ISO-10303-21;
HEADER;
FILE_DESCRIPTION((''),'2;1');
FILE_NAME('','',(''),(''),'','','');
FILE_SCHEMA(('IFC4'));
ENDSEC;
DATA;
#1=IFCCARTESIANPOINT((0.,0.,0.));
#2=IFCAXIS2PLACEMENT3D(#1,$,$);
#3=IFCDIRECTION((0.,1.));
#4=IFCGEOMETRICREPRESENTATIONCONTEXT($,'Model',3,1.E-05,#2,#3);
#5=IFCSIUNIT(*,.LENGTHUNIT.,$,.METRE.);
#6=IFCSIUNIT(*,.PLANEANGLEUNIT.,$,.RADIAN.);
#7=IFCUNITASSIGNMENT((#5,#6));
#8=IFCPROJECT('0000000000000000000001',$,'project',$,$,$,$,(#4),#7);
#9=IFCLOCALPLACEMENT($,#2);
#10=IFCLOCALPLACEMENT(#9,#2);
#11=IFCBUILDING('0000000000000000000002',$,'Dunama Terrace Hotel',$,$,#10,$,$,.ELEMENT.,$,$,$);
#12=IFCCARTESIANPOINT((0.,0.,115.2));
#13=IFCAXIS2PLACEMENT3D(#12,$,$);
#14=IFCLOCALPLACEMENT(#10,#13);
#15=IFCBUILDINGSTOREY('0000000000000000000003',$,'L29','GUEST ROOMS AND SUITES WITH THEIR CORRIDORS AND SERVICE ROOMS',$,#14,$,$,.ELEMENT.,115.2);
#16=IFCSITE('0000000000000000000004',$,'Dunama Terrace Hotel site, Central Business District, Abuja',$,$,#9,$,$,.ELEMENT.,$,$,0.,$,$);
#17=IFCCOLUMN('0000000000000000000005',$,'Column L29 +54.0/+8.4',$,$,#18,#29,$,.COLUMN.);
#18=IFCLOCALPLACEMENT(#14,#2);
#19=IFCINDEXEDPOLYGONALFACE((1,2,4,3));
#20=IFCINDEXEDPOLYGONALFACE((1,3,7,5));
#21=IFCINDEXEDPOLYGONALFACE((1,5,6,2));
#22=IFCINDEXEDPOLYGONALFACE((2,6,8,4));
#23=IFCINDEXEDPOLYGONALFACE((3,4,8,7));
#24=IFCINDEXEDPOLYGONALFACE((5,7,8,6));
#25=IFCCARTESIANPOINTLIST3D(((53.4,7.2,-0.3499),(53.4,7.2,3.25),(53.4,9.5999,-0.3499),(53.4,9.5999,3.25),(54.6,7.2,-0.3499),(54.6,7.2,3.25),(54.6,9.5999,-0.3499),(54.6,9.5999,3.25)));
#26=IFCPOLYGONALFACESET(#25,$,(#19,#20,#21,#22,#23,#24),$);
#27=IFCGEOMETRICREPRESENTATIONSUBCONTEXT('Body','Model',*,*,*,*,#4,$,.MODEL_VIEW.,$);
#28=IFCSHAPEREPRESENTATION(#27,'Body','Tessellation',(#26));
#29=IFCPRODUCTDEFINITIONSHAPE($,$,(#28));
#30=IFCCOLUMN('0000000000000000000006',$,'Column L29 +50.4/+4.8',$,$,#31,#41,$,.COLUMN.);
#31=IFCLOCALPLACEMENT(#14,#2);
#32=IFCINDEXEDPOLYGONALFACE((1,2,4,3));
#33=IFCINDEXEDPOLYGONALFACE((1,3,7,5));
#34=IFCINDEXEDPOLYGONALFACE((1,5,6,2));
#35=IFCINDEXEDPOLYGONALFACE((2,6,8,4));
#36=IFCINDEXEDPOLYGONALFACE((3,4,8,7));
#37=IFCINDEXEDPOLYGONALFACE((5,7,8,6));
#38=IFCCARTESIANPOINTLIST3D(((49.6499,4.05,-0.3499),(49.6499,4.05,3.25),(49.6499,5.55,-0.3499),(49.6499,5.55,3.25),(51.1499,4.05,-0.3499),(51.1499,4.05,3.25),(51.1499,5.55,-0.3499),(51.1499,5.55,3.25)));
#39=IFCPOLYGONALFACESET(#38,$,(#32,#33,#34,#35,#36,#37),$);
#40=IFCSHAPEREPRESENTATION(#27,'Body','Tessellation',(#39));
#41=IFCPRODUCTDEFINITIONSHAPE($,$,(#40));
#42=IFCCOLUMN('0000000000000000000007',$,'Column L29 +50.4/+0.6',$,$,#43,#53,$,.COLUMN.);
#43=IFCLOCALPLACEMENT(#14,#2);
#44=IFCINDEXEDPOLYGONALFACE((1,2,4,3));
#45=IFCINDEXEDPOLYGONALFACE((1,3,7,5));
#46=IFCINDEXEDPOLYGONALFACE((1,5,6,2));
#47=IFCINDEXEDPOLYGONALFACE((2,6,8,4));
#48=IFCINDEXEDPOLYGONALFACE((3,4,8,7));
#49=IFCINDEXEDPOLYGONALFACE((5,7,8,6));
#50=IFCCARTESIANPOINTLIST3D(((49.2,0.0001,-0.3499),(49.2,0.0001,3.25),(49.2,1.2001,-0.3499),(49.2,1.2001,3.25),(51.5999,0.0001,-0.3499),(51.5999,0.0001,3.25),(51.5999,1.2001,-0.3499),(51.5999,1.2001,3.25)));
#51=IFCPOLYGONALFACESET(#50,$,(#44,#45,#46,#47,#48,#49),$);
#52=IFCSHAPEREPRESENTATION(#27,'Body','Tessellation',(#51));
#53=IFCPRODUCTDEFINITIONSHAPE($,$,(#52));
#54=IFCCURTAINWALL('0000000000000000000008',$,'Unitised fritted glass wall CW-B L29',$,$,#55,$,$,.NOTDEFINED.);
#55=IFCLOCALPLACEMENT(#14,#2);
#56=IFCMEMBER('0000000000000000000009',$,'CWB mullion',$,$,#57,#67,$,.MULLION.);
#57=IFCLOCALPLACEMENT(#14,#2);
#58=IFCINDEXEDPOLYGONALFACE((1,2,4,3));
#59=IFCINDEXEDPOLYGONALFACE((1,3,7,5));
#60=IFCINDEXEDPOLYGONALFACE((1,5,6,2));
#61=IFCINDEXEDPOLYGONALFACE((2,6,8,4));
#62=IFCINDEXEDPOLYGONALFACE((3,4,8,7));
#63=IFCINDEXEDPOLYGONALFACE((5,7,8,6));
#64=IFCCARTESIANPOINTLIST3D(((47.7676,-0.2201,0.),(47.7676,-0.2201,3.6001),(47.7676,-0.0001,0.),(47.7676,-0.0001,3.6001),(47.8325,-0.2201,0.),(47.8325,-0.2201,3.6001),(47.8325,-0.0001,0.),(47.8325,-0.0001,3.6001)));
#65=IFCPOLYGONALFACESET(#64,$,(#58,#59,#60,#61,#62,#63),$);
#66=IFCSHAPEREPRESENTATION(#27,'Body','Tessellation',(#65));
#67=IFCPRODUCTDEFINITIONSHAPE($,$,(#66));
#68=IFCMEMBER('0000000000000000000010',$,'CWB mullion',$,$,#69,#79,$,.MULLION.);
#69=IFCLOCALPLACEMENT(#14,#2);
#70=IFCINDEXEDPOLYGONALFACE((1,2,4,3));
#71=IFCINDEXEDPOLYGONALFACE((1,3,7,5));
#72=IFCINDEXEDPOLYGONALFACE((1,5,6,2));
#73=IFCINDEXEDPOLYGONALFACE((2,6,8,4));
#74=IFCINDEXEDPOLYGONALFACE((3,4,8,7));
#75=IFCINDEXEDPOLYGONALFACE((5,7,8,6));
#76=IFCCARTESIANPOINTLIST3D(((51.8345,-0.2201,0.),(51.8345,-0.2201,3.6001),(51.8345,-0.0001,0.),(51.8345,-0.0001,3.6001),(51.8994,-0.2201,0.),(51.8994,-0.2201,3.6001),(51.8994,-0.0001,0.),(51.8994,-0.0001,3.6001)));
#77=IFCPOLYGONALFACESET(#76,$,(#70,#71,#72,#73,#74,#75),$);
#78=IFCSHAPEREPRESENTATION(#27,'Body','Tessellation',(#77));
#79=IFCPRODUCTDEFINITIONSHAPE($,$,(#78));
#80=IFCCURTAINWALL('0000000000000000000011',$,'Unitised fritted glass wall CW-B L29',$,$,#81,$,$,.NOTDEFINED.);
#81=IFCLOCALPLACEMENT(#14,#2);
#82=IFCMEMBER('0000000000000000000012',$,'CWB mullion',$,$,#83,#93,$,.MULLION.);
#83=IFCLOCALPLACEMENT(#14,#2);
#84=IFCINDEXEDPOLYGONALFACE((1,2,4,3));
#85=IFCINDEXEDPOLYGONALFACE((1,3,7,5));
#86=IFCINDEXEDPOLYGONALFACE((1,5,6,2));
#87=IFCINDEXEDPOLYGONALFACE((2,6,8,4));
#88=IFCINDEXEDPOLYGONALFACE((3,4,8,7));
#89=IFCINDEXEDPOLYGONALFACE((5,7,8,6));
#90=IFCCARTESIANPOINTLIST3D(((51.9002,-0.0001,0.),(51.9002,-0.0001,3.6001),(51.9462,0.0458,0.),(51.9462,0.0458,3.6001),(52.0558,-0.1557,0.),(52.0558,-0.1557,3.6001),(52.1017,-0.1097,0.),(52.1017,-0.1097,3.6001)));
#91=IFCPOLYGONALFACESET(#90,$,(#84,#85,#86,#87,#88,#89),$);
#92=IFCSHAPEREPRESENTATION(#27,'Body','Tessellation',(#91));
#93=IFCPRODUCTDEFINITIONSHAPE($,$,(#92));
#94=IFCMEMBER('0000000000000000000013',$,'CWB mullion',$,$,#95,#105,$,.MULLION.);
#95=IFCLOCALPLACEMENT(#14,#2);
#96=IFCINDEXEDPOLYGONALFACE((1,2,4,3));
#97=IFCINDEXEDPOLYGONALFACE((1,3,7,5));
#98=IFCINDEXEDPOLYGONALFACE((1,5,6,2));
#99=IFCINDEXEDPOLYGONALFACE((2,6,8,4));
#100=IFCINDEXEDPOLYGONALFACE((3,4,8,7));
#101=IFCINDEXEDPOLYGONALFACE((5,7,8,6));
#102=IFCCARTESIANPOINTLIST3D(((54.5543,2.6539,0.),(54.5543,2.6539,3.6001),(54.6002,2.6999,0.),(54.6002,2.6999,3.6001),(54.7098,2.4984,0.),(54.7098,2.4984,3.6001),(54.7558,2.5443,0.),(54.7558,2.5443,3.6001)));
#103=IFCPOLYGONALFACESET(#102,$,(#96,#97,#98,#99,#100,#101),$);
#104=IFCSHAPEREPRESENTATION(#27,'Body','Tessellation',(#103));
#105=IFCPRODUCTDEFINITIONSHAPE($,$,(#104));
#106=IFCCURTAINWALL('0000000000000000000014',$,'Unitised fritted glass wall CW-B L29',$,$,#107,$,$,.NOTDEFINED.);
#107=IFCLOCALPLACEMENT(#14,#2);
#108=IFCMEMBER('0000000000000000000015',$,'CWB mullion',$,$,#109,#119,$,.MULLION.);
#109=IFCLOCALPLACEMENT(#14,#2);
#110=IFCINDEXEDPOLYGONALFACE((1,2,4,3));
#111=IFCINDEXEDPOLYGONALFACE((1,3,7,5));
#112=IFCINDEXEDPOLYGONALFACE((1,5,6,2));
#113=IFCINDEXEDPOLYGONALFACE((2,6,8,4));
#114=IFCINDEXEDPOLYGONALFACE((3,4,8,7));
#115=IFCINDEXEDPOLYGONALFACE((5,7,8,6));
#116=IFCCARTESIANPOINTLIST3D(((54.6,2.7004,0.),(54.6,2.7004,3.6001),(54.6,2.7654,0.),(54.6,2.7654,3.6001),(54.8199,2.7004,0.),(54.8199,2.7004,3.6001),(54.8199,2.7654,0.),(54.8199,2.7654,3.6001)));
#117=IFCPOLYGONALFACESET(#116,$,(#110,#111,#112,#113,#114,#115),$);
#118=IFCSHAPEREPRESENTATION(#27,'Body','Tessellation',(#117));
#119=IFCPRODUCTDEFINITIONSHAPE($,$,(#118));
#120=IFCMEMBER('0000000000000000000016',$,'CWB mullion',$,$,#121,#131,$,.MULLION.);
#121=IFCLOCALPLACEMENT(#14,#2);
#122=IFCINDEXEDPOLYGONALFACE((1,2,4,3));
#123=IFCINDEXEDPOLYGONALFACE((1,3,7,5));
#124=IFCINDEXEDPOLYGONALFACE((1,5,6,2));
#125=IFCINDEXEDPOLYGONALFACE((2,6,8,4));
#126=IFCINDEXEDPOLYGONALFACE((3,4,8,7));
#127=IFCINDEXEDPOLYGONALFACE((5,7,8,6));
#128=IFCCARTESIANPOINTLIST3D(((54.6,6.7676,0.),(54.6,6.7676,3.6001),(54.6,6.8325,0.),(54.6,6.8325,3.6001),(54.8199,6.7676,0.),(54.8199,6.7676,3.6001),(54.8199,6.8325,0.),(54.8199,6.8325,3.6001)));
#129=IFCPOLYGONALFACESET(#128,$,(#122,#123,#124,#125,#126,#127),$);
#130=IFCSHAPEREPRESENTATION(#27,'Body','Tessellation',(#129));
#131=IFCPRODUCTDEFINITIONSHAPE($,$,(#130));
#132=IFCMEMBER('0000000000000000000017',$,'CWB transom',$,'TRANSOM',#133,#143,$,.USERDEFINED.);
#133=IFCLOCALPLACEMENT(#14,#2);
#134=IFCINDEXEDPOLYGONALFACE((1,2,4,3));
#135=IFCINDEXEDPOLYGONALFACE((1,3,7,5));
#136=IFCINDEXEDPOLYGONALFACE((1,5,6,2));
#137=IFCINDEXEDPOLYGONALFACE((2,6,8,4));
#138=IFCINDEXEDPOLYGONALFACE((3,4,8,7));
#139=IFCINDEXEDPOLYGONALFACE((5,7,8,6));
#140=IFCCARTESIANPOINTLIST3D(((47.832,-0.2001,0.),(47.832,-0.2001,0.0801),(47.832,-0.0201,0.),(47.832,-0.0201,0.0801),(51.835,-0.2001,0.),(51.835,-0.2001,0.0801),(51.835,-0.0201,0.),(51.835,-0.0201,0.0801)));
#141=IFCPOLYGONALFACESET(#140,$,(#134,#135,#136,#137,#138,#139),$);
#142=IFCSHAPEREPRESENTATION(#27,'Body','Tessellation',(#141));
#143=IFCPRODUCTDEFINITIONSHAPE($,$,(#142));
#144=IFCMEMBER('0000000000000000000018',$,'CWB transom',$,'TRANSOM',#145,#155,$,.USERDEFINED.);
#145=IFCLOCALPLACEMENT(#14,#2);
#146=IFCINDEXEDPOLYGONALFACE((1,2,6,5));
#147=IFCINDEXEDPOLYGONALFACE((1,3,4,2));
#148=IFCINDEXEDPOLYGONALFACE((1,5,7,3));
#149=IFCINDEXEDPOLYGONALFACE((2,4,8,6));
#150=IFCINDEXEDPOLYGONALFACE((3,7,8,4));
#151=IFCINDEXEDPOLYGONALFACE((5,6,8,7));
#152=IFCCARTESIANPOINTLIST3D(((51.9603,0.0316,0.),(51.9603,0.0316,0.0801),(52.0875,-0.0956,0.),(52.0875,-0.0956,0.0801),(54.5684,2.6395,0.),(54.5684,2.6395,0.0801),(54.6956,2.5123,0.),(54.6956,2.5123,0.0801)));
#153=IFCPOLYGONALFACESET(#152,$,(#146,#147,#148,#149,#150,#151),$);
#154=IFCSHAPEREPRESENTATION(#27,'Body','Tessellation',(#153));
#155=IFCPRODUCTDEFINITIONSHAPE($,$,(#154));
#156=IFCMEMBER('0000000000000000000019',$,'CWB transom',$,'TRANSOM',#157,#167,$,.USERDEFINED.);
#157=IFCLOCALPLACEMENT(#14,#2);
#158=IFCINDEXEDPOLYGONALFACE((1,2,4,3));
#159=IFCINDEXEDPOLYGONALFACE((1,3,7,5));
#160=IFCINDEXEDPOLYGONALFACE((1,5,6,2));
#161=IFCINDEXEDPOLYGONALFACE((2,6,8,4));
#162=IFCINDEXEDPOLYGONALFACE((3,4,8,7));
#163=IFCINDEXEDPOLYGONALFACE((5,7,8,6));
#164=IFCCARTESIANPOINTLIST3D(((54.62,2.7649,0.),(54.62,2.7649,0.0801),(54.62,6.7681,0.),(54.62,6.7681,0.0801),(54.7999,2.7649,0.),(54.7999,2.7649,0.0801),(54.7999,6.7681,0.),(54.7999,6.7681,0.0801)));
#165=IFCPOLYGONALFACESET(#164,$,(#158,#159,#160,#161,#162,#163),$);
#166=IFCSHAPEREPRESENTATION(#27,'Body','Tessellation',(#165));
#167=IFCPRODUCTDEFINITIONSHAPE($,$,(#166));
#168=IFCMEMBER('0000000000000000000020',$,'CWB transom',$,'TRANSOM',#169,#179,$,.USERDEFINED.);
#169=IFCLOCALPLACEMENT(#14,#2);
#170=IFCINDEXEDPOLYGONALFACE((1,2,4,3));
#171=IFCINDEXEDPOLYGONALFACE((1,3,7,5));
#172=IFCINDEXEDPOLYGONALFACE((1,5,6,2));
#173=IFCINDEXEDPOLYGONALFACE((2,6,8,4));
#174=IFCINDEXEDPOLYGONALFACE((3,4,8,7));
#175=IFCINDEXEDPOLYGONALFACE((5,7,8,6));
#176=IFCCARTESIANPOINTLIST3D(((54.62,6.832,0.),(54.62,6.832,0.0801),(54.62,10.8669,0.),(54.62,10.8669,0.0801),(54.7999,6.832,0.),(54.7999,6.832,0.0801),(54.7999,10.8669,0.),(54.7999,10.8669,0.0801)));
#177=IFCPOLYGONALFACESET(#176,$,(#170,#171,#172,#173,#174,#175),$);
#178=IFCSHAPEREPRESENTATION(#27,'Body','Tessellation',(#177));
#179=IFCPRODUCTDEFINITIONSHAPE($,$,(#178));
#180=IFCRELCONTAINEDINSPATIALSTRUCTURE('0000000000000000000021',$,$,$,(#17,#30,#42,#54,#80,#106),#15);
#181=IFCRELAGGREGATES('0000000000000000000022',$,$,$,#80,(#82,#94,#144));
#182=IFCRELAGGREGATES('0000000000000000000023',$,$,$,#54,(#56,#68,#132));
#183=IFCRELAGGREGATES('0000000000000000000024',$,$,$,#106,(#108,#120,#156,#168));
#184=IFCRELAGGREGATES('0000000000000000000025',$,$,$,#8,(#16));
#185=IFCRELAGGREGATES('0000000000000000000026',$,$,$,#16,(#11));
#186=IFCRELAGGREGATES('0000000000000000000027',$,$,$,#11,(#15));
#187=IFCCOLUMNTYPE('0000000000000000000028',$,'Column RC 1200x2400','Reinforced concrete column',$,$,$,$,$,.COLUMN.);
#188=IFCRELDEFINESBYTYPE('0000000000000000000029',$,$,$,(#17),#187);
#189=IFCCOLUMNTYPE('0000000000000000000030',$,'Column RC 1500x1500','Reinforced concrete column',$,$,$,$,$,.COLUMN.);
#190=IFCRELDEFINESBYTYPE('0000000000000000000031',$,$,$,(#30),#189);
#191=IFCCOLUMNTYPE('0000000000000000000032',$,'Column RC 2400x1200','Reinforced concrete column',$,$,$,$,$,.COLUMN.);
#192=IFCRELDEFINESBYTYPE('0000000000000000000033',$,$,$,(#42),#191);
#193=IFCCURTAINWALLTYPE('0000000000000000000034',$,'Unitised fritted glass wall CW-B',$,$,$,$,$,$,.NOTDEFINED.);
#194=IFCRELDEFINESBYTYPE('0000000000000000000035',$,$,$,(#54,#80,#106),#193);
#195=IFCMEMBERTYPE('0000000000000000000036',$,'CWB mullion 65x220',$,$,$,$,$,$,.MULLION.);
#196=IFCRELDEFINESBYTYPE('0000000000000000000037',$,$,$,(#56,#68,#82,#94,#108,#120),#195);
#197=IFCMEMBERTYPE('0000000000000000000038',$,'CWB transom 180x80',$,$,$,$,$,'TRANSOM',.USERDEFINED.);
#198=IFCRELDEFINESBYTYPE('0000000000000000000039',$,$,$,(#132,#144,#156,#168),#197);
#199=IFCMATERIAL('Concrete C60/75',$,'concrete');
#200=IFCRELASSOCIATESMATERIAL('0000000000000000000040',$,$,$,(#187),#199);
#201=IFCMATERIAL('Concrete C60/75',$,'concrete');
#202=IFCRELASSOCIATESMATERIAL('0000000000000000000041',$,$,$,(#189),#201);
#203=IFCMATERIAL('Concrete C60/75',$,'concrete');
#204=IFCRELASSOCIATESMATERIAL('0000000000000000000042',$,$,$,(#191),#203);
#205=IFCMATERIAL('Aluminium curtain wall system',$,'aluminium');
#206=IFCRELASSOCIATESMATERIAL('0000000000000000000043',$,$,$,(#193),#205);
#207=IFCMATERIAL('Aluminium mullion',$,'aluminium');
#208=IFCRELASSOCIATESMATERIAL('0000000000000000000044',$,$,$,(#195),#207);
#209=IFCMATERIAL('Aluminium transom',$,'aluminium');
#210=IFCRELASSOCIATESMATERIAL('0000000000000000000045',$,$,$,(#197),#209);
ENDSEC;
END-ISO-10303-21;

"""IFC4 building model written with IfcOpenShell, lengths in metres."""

from ifc_helpers import new_model, si_unit, direction, frame, origin, origin_2d, place, context, subcontext, project, spatial, rectangle, extrude, material, material_profile, profile_set, type_object, element, aggregate, save


model = new_model("IFC4")

# Units and contexts
model_context = context("Model", 3, precision=1e-05, world=origin(), true_north=direction((0.0, 1.0)))
body_context = subcontext(model_context, "Body", "Model", "MODEL_VIEW")
ifc_project = project(units=[si_unit("LENGTHUNIT", "METRE"), si_unit("PLANEANGLEUNIT", "RADIAN")], contexts=[model_context])

# Site, building, storey
site_placement = place(None, origin())
site = spatial("IfcSite", under=ifc_project, at=site_placement, Name="Dunama Terrace Hotel site, Central Business District, Abuja", CompositionType="ELEMENT", RefElevation=0.0)
building_placement = place(site_placement, origin())
building = spatial("IfcBuilding", under=site, at=building_placement, Name="Dunama Terrace Hotel", CompositionType="ELEMENT")
storey_placement = place(building_placement, frame((0.0, 0.0, 115.2)))
storey = spatial("IfcBuildingStorey", under=building, at=storey_placement, Name="L29", Description="GUEST ROOMS AND SUITES WITH THEIR CORRIDORS AND SERVICE ROOMS", CompositionType="ELEMENT", Elevation=115.2)

# Columns
ifc_material_1 = material(Name="Concrete C60/75", Category="concrete")
ifc_material_profile_1 = material_profile(ifc_material_1, rectangle(XDim=1.2, YDim=2.3999, at=origin_2d()), Name="RC 1200x2400")
ifc_profile_set_1 = profile_set([ifc_material_profile_1], Name="Concrete C60/75")
column_type_1 = type_object("IfcColumnType", Name="Column RC 1200x2400", Description="Reinforced concrete column", PredefinedType="COLUMN", material=ifc_profile_set_1)
column_1_placement = place(storey_placement, frame((54.0, 8.3999, -0.3499), z_axis=(0.0, 0.0, 1.0), x_axis=(1.0, 0.0, 0.0)))
element("IfcColumn", 1, at=column_1_placement, inside=storey, type_object=column_type_1, Name="Column L29 +54.0/+8.4", PredefinedType="COLUMN", context=body_context, shape_type="SweptSolid", body=[
    extrude(rectangle(XDim=1.2, YDim=2.3999, at=origin_2d()), origin(), (0.0, 0.0, 1.0), 3.5999),
])
ifc_material_2 = material(Name="Concrete C60/75", Category="concrete")
ifc_material_profile_2 = material_profile(ifc_material_2, rectangle(XDim=1.5, YDim=1.5, at=origin_2d()), Name="RC 1500x1500")
ifc_profile_set_2 = profile_set([ifc_material_profile_2], Name="Concrete C60/75")
column_type_2 = type_object("IfcColumnType", Name="Column RC 1500x1500", Description="Reinforced concrete column", PredefinedType="COLUMN", material=ifc_profile_set_2)
column_2_placement = place(storey_placement, frame((50.3999, 4.8, -0.3499), z_axis=(0.0, 0.0, 1.0), x_axis=(1.0, 0.0, 0.0)))
element("IfcColumn", 2, at=column_2_placement, inside=storey, type_object=column_type_2, Name="Column L29 +50.4/+4.8", PredefinedType="COLUMN", context=body_context, shape_type="SweptSolid", body=[
    extrude(rectangle(XDim=1.5, YDim=1.5, at=origin_2d()), origin(), (0.0, 0.0, 1.0), 3.5999),
])
ifc_material_3 = material(Name="Concrete C60/75", Category="concrete")
ifc_material_profile_3 = material_profile(ifc_material_3, rectangle(XDim=2.3999, YDim=1.2, at=origin_2d()), Name="RC 2400x1200")
ifc_profile_set_3 = profile_set([ifc_material_profile_3], Name="Concrete C60/75")
column_type_3 = type_object("IfcColumnType", Name="Column RC 2400x1200", Description="Reinforced concrete column", PredefinedType="COLUMN", material=ifc_profile_set_3)
column_3_placement = place(storey_placement, frame((50.3999, 0.6001, -0.3499), z_axis=(0.0, 0.0, 1.0), x_axis=(1.0, 0.0, 0.0)))
element("IfcColumn", 3, at=column_3_placement, inside=storey, type_object=column_type_3, Name="Column L29 +50.4/+0.6", PredefinedType="COLUMN", context=body_context, shape_type="SweptSolid", body=[
    extrude(rectangle(XDim=2.3999, YDim=1.2, at=origin_2d()), origin(), (0.0, 0.0, 1.0), 3.5999),
])

# Curtain walls, members
ifc_material_4 = material(Name="Aluminium curtain wall system", Category="aluminium")
curtain_wall_type = type_object("IfcCurtainWallType", Name="Unitised fritted glass wall CW-B", PredefinedType="NOTDEFINED", material=ifc_material_4)
curtain_wall_1_placement = place(storey_placement, origin())
curtain_wall_1 = element("IfcCurtainWall", 4, at=curtain_wall_1_placement, inside=storey, type_object=curtain_wall_type, Name="Unitised fritted glass wall CW-B L29", PredefinedType="NOTDEFINED")
ifc_material_5 = material(Name="Aluminium mullion", Category="aluminium")
ifc_material_profile_4 = material_profile(ifc_material_5, rectangle(XDim=0.0649, YDim=0.22, at=origin_2d()), Name="CWB MULLION 65X220")
ifc_profile_set_4 = profile_set([ifc_material_profile_4], Name="Aluminium mullion")
member_type_1 = type_object("IfcMemberType", Name="CWB mullion 65x220", PredefinedType="MULLION", material=ifc_profile_set_4)
member_1_placement = place(storey_placement, frame((47.8, -0.1101, 0.0), z_axis=(0.0, 0.0, 1.0), x_axis=(1.0, 0.0, 0.0)))
member_1 = element("IfcMember", 5, at=member_1_placement, type_object=member_type_1, Name="CWB mullion", PredefinedType="MULLION", context=body_context, shape_type="SweptSolid", body=[
    extrude(rectangle(XDim=0.0649, YDim=0.22, at=origin_2d()), origin(), (0.0, 0.0, 1.0), 3.6001),
])
member_2_placement = place(storey_placement, frame((51.8669, -0.1101, 0.0), z_axis=(0.0, 0.0, 1.0), x_axis=(1.0, 0.0, 0.0)))
member_2 = element("IfcMember", 6, at=member_2_placement, type_object=member_type_1, Name="CWB mullion", PredefinedType="MULLION", context=body_context, shape_type="SweptSolid", body=[
    extrude(rectangle(XDim=0.0649, YDim=0.22, at=origin_2d()), origin(), (0.0, 0.0, 1.0), 3.6001),
])
curtain_wall_2_placement = place(storey_placement, origin())
curtain_wall_2 = element("IfcCurtainWall", 7, at=curtain_wall_2_placement, inside=storey, type_object=curtain_wall_type, Name="Unitised fritted glass wall CW-B L29", PredefinedType="NOTDEFINED")
member_3_placement = place(storey_placement, frame((52.001, -0.0549, 0.0), z_axis=(0.0, 0.0, 1.0), x_axis=(0.707107, 0.707107, 0.0)))
member_3 = element("IfcMember", 8, at=member_3_placement, type_object=member_type_1, Name="CWB mullion", PredefinedType="MULLION", context=body_context, shape_type="SweptSolid", body=[
    extrude(rectangle(XDim=0.0649, YDim=0.22, at=origin_2d()), origin(), (0.0, 0.0, 1.0), 3.6001),
])
member_4_placement = place(storey_placement, frame((54.655, 2.5991, 0.0), z_axis=(0.0, 0.0, 1.0), x_axis=(0.707107, 0.707107, 0.0)))
member_4 = element("IfcMember", 9, at=member_4_placement, type_object=member_type_1, Name="CWB mullion", PredefinedType="MULLION", context=body_context, shape_type="SweptSolid", body=[
    extrude(rectangle(XDim=0.0649, YDim=0.22, at=origin_2d()), origin(), (0.0, 0.0, 1.0), 3.6001),
])
curtain_wall_3_placement = place(storey_placement, origin())
curtain_wall_3 = element("IfcCurtainWall", 10, at=curtain_wall_3_placement, inside=storey, type_object=curtain_wall_type, Name="Unitised fritted glass wall CW-B L29", PredefinedType="NOTDEFINED")
member_5_placement = place(storey_placement, frame((54.71, 2.7329, 0.0), z_axis=(0.0, 0.0, 1.0), x_axis=(0.0, 1.0, 0.0)))
member_5 = element("IfcMember", 11, at=member_5_placement, type_object=member_type_1, Name="CWB mullion", PredefinedType="MULLION", context=body_context, shape_type="SweptSolid", body=[
    extrude(rectangle(XDim=0.0649, YDim=0.22, at=origin_2d()), origin(), (0.0, 0.0, 1.0), 3.6001),
])
member_6_placement = place(storey_placement, frame((54.71, 6.8, 0.0), z_axis=(0.0, 0.0, 1.0), x_axis=(0.0, 1.0, 0.0)))
member_6 = element("IfcMember", 12, at=member_6_placement, type_object=member_type_1, Name="CWB mullion", PredefinedType="MULLION", context=body_context, shape_type="SweptSolid", body=[
    extrude(rectangle(XDim=0.0649, YDim=0.22, at=origin_2d()), origin(), (0.0, 0.0, 1.0), 3.6001),
])

# Members
ifc_material_6 = material(Name="Aluminium transom", Category="aluminium")
ifc_material_profile_5 = material_profile(ifc_material_6, rectangle(XDim=0.1799, YDim=0.0801, at=origin_2d()), Name="CWB TRANSOM 180X80")
ifc_profile_set_5 = profile_set([ifc_material_profile_5], Name="Aluminium transom")
member_type_2 = type_object("IfcMemberType", Name="CWB transom 180x80", ElementType="TRANSOM", PredefinedType="USERDEFINED", material=ifc_profile_set_5)
member_7_placement = place(storey_placement, frame((47.832, -0.1101, 0.04), z_axis=(1.0, 0.0, 0.0), x_axis=(0.0, 1.0, 0.0)))
member_7 = element("IfcMember", 13, at=member_7_placement, type_object=member_type_2, Name="CWB transom", ObjectType="TRANSOM", PredefinedType="USERDEFINED", context=body_context, shape_type="SweptSolid", body=[
    extrude(rectangle(XDim=0.1799, YDim=0.0801, at=origin_2d()), origin(), (0.0, 0.0, 1.0), 4.0029),
])
member_8_placement = place(storey_placement, frame((52.0239, -0.032, 0.04), z_axis=(0.70714, 0.707074, 0.0), x_axis=(-0.707074, 0.70714, 0.0)))
member_8 = element("IfcMember", 14, at=member_8_placement, type_object=member_type_2, Name="CWB transom", ObjectType="TRANSOM", PredefinedType="USERDEFINED", context=body_context, shape_type="SweptSolid", body=[
    extrude(rectangle(XDim=0.1799, YDim=0.0801, at=origin_2d()), origin(), (0.0, 0.0, 1.0), 3.6882),
])
member_9_placement = place(storey_placement, frame((54.71, 2.7649, 0.04), z_axis=(0.0, 1.0, 0.0), x_axis=(-1.0, 0.0, 0.0)))
member_9 = element("IfcMember", 15, at=member_9_placement, type_object=member_type_2, Name="CWB transom", ObjectType="TRANSOM", PredefinedType="USERDEFINED", context=body_context, shape_type="SweptSolid", body=[
    extrude(rectangle(XDim=0.1799, YDim=0.0801, at=origin_2d()), origin(), (0.0, 0.0, 1.0), 4.0032),
])
member_10_placement = place(storey_placement, frame((54.71, 6.832, 0.04), z_axis=(0.0, 1.0, 0.0), x_axis=(-1.0, 0.0, 0.0)))
member_10 = element("IfcMember", 16, at=member_10_placement, type_object=member_type_2, Name="CWB transom", ObjectType="TRANSOM", PredefinedType="USERDEFINED", context=body_context, shape_type="SweptSolid", body=[
    extrude(rectangle(XDim=0.1799, YDim=0.0801, at=origin_2d()), origin(), (0.0, 0.0, 1.0), 4.0349),
])

aggregate(curtain_wall_2, [member_3, member_4, member_8])
aggregate(curtain_wall_1, [member_1, member_2, member_7])
aggregate(curtain_wall_3, [member_5, member_6, member_9, member_10])

save(model, "model.ifc")
